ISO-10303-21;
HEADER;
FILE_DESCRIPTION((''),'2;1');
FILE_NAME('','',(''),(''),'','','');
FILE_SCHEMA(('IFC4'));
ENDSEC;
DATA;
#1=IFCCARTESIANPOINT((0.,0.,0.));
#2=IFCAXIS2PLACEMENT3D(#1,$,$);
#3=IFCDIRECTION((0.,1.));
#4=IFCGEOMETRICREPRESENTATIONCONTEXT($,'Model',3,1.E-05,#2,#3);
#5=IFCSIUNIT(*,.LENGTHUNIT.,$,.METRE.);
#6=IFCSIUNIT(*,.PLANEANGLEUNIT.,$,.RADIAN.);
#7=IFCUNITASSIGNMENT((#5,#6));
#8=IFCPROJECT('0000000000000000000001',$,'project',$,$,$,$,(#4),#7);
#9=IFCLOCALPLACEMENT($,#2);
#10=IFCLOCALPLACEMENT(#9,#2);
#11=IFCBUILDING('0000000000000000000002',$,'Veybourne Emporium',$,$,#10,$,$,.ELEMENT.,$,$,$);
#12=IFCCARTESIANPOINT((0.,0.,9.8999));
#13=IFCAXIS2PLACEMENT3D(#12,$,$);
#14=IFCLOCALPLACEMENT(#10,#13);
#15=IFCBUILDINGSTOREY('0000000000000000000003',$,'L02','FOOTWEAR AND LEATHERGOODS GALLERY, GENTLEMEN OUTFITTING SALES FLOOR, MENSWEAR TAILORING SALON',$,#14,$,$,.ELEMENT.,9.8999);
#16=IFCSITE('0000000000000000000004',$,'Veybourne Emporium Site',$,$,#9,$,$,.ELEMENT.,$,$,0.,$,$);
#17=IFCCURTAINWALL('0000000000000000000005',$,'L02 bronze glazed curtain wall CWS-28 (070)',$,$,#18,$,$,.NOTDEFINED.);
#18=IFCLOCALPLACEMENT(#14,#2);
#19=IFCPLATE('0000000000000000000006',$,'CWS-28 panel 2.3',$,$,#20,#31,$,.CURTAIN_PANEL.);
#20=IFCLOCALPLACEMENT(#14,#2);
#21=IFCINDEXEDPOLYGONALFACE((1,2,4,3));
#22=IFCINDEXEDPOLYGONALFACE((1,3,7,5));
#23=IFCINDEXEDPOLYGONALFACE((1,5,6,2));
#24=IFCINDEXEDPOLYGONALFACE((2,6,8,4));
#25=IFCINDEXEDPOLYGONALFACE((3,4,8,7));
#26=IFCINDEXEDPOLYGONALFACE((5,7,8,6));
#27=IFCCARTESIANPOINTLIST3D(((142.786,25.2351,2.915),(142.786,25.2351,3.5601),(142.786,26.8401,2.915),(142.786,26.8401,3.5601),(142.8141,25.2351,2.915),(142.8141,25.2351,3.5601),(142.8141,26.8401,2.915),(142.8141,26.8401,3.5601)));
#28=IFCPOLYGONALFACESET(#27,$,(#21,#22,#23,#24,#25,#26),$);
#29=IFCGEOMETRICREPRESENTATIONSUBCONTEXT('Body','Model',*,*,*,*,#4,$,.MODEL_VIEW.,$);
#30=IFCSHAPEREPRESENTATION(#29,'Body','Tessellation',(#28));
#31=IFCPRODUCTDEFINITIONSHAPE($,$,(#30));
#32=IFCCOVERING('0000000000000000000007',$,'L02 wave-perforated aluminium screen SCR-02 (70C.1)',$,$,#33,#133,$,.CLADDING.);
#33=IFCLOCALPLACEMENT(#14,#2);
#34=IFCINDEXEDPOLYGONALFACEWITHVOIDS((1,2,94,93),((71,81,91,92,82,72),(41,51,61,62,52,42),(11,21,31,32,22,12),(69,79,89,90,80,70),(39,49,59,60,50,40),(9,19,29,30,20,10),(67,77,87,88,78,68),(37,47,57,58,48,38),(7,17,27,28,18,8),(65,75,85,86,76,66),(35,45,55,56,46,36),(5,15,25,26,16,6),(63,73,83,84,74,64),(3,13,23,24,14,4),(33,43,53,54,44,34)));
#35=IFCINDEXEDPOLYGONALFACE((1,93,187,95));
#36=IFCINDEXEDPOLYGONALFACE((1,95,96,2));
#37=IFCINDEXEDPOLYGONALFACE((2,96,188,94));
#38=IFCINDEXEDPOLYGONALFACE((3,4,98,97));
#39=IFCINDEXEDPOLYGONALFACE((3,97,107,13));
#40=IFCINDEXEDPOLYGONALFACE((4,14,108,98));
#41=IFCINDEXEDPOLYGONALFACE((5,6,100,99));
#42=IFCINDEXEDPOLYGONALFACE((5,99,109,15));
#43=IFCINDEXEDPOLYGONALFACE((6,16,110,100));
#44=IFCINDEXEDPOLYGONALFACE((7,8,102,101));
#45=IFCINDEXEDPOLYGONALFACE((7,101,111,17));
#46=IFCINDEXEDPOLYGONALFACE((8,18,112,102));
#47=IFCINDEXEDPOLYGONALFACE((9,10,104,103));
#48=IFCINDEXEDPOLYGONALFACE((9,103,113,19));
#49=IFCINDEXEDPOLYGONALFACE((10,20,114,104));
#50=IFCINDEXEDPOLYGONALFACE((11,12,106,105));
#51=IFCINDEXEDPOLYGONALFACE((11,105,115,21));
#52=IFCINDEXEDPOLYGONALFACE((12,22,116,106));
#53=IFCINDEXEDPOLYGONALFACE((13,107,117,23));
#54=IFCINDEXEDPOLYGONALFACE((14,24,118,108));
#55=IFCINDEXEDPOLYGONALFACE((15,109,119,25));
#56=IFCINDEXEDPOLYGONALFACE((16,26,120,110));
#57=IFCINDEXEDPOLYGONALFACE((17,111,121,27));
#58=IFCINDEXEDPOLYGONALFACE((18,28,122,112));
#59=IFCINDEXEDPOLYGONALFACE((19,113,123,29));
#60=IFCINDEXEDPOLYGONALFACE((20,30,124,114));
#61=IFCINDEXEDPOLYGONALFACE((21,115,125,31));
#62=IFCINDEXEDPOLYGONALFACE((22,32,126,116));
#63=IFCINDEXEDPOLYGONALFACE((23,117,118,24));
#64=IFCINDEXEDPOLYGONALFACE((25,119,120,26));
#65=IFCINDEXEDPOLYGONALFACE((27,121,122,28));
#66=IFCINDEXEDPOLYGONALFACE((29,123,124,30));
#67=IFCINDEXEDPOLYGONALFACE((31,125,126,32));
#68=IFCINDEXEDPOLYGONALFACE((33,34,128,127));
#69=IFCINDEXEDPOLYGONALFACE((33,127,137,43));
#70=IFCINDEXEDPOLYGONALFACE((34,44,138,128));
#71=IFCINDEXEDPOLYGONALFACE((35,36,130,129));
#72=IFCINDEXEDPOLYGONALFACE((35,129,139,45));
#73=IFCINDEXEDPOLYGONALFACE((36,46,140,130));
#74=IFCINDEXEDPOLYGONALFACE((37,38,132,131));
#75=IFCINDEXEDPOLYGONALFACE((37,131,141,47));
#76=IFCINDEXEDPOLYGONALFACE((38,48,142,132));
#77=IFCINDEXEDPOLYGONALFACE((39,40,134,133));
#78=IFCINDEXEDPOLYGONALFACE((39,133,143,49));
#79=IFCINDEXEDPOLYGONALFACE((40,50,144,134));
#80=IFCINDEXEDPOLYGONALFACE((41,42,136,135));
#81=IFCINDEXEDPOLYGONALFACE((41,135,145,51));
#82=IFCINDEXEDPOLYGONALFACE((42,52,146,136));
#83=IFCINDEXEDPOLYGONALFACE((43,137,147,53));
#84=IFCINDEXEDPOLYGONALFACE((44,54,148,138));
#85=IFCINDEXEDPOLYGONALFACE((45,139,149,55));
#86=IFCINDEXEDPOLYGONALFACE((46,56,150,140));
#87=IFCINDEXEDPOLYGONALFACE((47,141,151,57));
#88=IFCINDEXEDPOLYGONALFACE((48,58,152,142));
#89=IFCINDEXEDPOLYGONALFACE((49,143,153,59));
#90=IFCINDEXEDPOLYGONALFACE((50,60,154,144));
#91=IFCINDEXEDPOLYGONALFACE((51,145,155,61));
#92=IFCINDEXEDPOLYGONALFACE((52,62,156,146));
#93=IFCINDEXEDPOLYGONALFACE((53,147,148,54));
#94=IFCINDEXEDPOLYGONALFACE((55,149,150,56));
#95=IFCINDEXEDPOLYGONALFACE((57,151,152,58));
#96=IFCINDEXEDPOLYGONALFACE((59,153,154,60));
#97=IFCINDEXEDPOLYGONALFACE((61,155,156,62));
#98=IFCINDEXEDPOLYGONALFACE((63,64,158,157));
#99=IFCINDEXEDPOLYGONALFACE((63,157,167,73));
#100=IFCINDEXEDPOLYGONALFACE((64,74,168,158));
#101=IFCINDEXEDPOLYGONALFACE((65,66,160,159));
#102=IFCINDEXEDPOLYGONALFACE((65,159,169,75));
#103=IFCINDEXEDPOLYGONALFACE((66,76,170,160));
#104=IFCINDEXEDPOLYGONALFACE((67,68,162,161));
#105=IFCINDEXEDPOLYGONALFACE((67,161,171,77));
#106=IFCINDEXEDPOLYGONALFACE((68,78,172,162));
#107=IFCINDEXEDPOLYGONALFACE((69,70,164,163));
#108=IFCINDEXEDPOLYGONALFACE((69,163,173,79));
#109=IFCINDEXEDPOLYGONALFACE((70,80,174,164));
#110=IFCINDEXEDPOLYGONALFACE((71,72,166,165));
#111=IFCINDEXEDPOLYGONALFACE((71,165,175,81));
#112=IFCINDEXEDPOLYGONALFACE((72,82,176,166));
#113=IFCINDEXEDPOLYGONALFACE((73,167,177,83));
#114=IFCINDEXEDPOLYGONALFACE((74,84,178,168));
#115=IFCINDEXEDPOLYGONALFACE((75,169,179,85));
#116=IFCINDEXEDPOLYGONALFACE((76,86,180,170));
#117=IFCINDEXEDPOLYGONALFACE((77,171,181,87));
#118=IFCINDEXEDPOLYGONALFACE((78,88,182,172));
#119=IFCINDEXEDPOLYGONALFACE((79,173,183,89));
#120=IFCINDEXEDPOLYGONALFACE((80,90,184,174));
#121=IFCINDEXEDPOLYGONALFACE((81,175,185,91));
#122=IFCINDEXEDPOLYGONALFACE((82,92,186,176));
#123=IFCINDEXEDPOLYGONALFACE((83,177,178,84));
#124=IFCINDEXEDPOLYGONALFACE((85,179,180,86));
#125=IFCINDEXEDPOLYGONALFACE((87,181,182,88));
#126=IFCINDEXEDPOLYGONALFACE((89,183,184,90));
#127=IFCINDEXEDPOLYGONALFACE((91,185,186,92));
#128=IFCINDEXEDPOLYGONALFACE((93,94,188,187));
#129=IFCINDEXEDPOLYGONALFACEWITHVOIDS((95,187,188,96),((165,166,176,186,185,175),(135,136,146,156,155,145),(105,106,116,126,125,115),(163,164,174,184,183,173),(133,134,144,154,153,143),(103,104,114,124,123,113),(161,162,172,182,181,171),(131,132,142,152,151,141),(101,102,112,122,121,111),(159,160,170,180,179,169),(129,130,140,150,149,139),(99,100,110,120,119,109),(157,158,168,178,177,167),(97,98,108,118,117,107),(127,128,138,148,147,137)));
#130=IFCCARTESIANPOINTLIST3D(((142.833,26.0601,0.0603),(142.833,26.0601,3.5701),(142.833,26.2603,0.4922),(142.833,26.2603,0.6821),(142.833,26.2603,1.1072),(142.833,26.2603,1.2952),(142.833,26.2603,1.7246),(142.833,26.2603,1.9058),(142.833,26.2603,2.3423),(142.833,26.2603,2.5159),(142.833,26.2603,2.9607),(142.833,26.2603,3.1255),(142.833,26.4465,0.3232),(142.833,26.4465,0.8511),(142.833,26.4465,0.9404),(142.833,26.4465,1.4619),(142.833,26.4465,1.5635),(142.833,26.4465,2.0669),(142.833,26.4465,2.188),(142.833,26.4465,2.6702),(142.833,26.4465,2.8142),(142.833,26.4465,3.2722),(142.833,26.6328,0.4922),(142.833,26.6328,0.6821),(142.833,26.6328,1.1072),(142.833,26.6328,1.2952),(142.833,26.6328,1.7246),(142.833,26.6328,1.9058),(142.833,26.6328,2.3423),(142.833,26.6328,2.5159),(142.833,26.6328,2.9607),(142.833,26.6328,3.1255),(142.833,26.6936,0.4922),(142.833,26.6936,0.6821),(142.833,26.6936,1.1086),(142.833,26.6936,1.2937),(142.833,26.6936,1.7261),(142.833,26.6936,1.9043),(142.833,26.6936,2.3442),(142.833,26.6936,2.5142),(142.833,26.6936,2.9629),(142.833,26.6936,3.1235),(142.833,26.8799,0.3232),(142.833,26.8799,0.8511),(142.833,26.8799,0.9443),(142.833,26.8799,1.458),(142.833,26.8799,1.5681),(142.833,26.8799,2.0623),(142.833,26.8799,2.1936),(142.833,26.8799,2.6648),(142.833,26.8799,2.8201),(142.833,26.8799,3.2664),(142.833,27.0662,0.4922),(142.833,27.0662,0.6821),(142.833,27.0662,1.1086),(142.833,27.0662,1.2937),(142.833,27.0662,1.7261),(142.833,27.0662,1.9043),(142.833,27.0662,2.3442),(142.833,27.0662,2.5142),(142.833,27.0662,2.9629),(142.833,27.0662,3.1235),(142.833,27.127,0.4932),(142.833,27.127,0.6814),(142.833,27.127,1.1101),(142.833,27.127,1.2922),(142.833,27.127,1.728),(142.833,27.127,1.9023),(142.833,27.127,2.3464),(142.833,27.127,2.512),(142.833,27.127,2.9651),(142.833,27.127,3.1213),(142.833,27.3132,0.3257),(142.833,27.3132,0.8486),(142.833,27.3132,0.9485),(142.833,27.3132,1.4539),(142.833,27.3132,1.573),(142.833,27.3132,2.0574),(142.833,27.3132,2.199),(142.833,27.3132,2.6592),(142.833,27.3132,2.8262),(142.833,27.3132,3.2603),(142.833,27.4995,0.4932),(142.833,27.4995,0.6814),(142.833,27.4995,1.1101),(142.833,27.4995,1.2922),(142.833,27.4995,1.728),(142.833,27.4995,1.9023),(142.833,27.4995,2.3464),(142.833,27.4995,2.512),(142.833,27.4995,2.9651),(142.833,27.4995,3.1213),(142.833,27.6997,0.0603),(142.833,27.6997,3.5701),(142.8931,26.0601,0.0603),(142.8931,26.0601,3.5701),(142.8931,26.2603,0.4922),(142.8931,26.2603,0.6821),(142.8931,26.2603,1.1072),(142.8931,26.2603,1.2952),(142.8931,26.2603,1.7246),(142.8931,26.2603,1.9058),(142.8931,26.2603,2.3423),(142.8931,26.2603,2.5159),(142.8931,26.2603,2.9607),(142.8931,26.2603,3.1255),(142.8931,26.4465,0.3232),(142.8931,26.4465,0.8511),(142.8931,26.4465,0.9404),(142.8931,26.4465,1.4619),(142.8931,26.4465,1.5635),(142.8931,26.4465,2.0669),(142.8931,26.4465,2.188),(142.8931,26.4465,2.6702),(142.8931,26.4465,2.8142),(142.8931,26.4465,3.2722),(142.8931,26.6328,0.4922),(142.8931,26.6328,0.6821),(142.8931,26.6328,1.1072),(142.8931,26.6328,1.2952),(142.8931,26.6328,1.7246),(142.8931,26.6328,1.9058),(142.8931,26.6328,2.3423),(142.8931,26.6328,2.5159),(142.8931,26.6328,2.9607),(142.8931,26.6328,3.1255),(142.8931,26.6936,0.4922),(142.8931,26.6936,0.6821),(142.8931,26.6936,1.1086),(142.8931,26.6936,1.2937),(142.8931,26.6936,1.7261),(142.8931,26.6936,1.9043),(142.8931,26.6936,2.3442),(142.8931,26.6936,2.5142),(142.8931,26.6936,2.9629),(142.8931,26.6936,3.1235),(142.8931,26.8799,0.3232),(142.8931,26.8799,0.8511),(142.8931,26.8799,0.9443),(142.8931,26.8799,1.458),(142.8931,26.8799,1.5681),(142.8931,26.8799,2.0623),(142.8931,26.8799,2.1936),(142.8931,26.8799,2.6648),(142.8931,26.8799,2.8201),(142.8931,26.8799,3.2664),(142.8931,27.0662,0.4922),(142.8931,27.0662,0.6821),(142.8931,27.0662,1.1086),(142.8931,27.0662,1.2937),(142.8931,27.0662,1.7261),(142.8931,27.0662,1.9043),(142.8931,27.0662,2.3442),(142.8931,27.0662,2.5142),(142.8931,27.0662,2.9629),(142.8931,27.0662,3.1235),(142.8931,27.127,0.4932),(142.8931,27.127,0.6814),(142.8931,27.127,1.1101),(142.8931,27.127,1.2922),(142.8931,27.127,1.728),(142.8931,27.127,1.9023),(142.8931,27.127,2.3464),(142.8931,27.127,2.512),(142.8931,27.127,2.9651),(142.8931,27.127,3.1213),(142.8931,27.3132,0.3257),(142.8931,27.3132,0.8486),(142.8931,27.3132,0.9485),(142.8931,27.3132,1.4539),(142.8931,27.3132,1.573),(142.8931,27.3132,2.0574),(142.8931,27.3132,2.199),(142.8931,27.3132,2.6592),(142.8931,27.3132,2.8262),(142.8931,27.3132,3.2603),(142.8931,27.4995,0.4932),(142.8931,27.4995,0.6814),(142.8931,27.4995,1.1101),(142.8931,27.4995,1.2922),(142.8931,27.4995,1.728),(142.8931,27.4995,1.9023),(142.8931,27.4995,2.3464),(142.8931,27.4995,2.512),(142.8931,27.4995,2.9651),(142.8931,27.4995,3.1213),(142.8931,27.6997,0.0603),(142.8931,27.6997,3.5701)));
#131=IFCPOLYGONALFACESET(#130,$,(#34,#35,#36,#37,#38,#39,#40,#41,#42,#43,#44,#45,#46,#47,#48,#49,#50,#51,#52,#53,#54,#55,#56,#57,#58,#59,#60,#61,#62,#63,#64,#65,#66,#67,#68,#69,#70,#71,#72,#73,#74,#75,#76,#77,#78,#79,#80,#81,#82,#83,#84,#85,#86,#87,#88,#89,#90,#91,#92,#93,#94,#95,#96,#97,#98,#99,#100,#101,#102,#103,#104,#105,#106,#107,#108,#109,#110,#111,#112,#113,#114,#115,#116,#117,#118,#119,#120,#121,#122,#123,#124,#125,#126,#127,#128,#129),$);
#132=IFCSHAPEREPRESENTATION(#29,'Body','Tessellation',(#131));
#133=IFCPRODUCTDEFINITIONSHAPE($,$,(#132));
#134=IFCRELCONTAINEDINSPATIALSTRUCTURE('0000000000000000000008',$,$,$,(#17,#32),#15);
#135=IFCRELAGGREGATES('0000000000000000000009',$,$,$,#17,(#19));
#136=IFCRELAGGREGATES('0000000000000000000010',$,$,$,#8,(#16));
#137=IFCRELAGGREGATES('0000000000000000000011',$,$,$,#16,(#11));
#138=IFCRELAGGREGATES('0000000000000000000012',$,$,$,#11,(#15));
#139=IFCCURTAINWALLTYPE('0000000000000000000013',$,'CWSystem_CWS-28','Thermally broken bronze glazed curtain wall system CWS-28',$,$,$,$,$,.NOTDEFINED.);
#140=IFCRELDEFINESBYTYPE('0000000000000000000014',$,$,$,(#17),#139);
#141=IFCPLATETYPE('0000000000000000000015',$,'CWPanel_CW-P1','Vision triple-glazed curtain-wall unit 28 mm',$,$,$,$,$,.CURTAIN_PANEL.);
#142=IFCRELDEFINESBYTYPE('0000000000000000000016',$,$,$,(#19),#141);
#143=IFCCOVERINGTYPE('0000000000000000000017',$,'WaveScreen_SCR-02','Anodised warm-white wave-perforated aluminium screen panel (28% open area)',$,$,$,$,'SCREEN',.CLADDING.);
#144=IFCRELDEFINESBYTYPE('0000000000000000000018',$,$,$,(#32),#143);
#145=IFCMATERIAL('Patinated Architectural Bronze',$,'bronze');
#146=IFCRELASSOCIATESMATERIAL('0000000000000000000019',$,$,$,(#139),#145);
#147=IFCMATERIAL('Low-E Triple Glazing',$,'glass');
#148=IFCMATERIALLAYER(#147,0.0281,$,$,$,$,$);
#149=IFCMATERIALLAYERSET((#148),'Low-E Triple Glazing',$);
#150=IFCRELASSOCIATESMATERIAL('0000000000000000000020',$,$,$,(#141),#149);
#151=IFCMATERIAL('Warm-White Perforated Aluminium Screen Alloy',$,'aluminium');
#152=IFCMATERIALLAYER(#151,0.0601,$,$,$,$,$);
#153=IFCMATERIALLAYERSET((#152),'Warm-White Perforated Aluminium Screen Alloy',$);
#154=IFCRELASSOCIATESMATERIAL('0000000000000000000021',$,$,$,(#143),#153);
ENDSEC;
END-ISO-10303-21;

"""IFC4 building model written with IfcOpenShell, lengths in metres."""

from ifc_helpers import new_model, si_unit, direction, frame, origin, origin_2d, place, context, subcontext, project, spatial, polyline, rectangle, outline, extrude, material, layer, layer_set, type_object, element, aggregate, save


model = new_model("IFC4")

# Units and contexts
model_context = context("Model", 3, precision=1e-05, world=origin(), true_north=direction((0.0, 1.0)))
body_context = subcontext(model_context, "Body", "Model", "MODEL_VIEW")
ifc_project = project(units=[si_unit("LENGTHUNIT", "METRE"), si_unit("PLANEANGLEUNIT", "RADIAN")], contexts=[model_context])

# Site, building, storey
site_placement = place(None, origin())
site = spatial("IfcSite", under=ifc_project, at=site_placement, Name="Veybourne Emporium Site", CompositionType="ELEMENT", RefElevation=0.0)
building_placement = place(site_placement, origin())
building = spatial("IfcBuilding", under=site, at=building_placement, Name="Veybourne Emporium", CompositionType="ELEMENT")
storey_placement = place(building_placement, frame((0.0, 0.0, 9.8999)))
storey = spatial("IfcBuildingStorey", under=building, at=storey_placement, Name="L02", Description="FOOTWEAR AND LEATHERGOODS GALLERY, GENTLEMEN OUTFITTING SALES FLOOR, MENSWEAR TAILORING SALON", CompositionType="ELEMENT", Elevation=9.8999)

# Curtain wall, plate
ifc_material_1 = material(Name="Patinated Architectural Bronze", Category="bronze")
curtain_wall_type = type_object("IfcCurtainWallType", Name="CWSystem_CWS-28", Description="Thermally broken bronze glazed curtain wall system CWS-28", PredefinedType="NOTDEFINED", material=ifc_material_1)
curtain_wall_placement = place(storey_placement, origin())
curtain_wall = element("IfcCurtainWall", 1, at=curtain_wall_placement, inside=storey, type_object=curtain_wall_type, Name="L02 bronze glazed curtain wall CWS-28 (070)", PredefinedType="NOTDEFINED")
ifc_material_2 = material(Name="Low-E Triple Glazing", Category="glass")
ifc_layer_1 = layer(ifc_material_2, 0.0281)
ifc_layer_set_1 = layer_set([ifc_layer_1], Name="Low-E Triple Glazing")
plate_type = type_object("IfcPlateType", Name="CWPanel_CW-P1", Description="Vision triple-glazed curtain-wall unit 28 mm", PredefinedType="CURTAIN_PANEL", material=ifc_layer_set_1)
plate_1_placement = place(storey_placement, frame((142.8, 26.0376, 2.915), z_axis=(0.0, 0.0, 1.0), x_axis=(0.0, -1.0, 0.0)))
plate_1 = element("IfcPlate", 2, at=plate_1_placement, type_object=plate_type, Name="CWS-28 panel 2.3", PredefinedType="CURTAIN_PANEL", context=body_context, shape_type="SweptSolid", body=[
    extrude(rectangle(XDim=1.605, YDim=0.0281, at=origin_2d()), origin(), (0.0, 0.0, 1.0), 0.645),
])
aggregate(curtain_wall, [plate_1])

# Covering
ifc_material_3 = material(Name="Warm-White Perforated Aluminium Screen Alloy", Category="aluminium")
ifc_layer_2 = layer(ifc_material_3, 0.0601)
ifc_layer_set_2 = layer_set([ifc_layer_2], Name="Warm-White Perforated Aluminium Screen Alloy")
covering_type_1 = type_object("IfcCoveringType", Name="WaveScreen_SCR-02", Description="Anodised warm-white wave-perforated aluminium screen panel (28% open area)", ElementType="SCREEN", PredefinedType="CLADDING", material=ifc_layer_set_2)
covering_1_placement = place(storey_placement, frame((142.8931, 26.8799, 1.8152), z_axis=(-1.0, 0.0, 0.0), x_axis=(0.0, -1.0, 0.0)))
element("IfcCovering", 3, at=covering_1_placement, inside=storey, type_object=covering_type_1, Name="L02 wave-perforated aluminium screen SCR-02 (70C.1)", PredefinedType="CLADDING", context=body_context, shape_type="SweptSolid", body=[
    extrude(outline(polyline([(-0.8198, -1.7549), (0.8198, -1.7549), (0.8198, 1.7549), (-0.8198, 1.7549), (-0.8198, -1.7549)]), holes=[polyline([(-0.4333, -0.9666), (-0.2471, -1.1338), (-0.2471, -1.322), (-0.4333, -1.4895), (-0.6196, -1.322), (-0.6196, -1.1338), (-0.4333, -0.9666)]), polyline([(-0.4333, -0.3613), (-0.2471, -0.5229), (-0.2471, -0.7051), (-0.4333, -0.8667), (-0.6196, -0.7051), (-0.6196, -0.5229), (-0.4333, -0.3613)]), polyline([(-0.4333, 0.2422), (-0.2471, 0.0872), (-0.2471, -0.0872), (-0.4333, -0.2422), (-0.6196, -0.0872), (-0.6196, 0.0872), (-0.4333, 0.2422)]), polyline([(-0.4333, 0.844), (-0.2471, 0.6968), (-0.2471, 0.5312), (-0.4333, 0.3838), (-0.6196, 0.5312), (-0.6196, 0.6968), (-0.4333, 0.844)]), polyline([(-0.4333, 1.4451), (-0.2471, 1.3062), (-0.2471, 1.1499), (-0.4333, 1.011), (-0.6196, 1.1499), (-0.6196, 1.3062), (-0.4333, 1.4451)]), polyline([(0.0, -0.9641), (0.1863, -1.1331), (0.1863, -1.323), (0.0, -1.4919), (-0.1863, -1.323), (-0.1863, -1.1331), (0.0, -0.9641)]), polyline([(0.0, -0.3572), (0.1863, -0.5215), (0.1863, -0.7065), (0.0, -0.8708), (-0.1863, -0.7065), (-0.1863, -0.5215), (0.0, -0.3572)]), polyline([(0.0, 0.2471), (0.1863, 0.0891), (0.1863, -0.0891), (0.0, -0.2471), (-0.1863, -0.0891), (-0.1863, 0.0891), (0.0, 0.2471)]), polyline([(0.0, 0.8496), (0.1863, 0.699), (0.1863, 0.5291), (0.0, 0.3784), (-0.1863, 0.5291), (-0.1863, 0.699), (0.0, 0.8496)]), polyline([(0.0, 1.4512), (0.1863, 1.3083), (0.1863, 1.1477), (0.0, 1.0049), (-0.1863, 1.1477), (-0.1863, 1.3083), (0.0, 1.4512)]), polyline([(0.4333, -0.9641), (0.6196, -1.1331), (0.6196, -1.323), (0.4333, -1.4919), (0.2471, -1.323), (0.2471, -1.1331), (0.4333, -0.9641)]), polyline([(0.4333, -0.3533), (0.6196, -0.52), (0.6196, -0.708), (0.4333, -0.8748), (0.2471, -0.708), (0.2471, -0.52), (0.4333, -0.3533)]), polyline([(0.4333, 0.2517), (0.6196, 0.0906), (0.6196, -0.0906), (0.4333, -0.2517), (0.2471, -0.0906), (0.2471, 0.0906), (0.4333, 0.2517)]), polyline([(0.4333, 0.855), (0.6196, 0.7007), (0.6196, 0.5271), (0.4333, 0.3728), (0.2471, 0.5271), (0.2471, 0.7007), (0.4333, 0.855)]), polyline([(0.4333, 1.457), (0.6196, 1.3103), (0.6196, 1.1455), (0.4333, 0.999), (0.2471, 1.1455), (0.2471, 1.3103), (0.4333, 1.457)])]), origin(), (0.0, 0.0, 1.0), 0.0601),
])

save(model, "model.ifc")
